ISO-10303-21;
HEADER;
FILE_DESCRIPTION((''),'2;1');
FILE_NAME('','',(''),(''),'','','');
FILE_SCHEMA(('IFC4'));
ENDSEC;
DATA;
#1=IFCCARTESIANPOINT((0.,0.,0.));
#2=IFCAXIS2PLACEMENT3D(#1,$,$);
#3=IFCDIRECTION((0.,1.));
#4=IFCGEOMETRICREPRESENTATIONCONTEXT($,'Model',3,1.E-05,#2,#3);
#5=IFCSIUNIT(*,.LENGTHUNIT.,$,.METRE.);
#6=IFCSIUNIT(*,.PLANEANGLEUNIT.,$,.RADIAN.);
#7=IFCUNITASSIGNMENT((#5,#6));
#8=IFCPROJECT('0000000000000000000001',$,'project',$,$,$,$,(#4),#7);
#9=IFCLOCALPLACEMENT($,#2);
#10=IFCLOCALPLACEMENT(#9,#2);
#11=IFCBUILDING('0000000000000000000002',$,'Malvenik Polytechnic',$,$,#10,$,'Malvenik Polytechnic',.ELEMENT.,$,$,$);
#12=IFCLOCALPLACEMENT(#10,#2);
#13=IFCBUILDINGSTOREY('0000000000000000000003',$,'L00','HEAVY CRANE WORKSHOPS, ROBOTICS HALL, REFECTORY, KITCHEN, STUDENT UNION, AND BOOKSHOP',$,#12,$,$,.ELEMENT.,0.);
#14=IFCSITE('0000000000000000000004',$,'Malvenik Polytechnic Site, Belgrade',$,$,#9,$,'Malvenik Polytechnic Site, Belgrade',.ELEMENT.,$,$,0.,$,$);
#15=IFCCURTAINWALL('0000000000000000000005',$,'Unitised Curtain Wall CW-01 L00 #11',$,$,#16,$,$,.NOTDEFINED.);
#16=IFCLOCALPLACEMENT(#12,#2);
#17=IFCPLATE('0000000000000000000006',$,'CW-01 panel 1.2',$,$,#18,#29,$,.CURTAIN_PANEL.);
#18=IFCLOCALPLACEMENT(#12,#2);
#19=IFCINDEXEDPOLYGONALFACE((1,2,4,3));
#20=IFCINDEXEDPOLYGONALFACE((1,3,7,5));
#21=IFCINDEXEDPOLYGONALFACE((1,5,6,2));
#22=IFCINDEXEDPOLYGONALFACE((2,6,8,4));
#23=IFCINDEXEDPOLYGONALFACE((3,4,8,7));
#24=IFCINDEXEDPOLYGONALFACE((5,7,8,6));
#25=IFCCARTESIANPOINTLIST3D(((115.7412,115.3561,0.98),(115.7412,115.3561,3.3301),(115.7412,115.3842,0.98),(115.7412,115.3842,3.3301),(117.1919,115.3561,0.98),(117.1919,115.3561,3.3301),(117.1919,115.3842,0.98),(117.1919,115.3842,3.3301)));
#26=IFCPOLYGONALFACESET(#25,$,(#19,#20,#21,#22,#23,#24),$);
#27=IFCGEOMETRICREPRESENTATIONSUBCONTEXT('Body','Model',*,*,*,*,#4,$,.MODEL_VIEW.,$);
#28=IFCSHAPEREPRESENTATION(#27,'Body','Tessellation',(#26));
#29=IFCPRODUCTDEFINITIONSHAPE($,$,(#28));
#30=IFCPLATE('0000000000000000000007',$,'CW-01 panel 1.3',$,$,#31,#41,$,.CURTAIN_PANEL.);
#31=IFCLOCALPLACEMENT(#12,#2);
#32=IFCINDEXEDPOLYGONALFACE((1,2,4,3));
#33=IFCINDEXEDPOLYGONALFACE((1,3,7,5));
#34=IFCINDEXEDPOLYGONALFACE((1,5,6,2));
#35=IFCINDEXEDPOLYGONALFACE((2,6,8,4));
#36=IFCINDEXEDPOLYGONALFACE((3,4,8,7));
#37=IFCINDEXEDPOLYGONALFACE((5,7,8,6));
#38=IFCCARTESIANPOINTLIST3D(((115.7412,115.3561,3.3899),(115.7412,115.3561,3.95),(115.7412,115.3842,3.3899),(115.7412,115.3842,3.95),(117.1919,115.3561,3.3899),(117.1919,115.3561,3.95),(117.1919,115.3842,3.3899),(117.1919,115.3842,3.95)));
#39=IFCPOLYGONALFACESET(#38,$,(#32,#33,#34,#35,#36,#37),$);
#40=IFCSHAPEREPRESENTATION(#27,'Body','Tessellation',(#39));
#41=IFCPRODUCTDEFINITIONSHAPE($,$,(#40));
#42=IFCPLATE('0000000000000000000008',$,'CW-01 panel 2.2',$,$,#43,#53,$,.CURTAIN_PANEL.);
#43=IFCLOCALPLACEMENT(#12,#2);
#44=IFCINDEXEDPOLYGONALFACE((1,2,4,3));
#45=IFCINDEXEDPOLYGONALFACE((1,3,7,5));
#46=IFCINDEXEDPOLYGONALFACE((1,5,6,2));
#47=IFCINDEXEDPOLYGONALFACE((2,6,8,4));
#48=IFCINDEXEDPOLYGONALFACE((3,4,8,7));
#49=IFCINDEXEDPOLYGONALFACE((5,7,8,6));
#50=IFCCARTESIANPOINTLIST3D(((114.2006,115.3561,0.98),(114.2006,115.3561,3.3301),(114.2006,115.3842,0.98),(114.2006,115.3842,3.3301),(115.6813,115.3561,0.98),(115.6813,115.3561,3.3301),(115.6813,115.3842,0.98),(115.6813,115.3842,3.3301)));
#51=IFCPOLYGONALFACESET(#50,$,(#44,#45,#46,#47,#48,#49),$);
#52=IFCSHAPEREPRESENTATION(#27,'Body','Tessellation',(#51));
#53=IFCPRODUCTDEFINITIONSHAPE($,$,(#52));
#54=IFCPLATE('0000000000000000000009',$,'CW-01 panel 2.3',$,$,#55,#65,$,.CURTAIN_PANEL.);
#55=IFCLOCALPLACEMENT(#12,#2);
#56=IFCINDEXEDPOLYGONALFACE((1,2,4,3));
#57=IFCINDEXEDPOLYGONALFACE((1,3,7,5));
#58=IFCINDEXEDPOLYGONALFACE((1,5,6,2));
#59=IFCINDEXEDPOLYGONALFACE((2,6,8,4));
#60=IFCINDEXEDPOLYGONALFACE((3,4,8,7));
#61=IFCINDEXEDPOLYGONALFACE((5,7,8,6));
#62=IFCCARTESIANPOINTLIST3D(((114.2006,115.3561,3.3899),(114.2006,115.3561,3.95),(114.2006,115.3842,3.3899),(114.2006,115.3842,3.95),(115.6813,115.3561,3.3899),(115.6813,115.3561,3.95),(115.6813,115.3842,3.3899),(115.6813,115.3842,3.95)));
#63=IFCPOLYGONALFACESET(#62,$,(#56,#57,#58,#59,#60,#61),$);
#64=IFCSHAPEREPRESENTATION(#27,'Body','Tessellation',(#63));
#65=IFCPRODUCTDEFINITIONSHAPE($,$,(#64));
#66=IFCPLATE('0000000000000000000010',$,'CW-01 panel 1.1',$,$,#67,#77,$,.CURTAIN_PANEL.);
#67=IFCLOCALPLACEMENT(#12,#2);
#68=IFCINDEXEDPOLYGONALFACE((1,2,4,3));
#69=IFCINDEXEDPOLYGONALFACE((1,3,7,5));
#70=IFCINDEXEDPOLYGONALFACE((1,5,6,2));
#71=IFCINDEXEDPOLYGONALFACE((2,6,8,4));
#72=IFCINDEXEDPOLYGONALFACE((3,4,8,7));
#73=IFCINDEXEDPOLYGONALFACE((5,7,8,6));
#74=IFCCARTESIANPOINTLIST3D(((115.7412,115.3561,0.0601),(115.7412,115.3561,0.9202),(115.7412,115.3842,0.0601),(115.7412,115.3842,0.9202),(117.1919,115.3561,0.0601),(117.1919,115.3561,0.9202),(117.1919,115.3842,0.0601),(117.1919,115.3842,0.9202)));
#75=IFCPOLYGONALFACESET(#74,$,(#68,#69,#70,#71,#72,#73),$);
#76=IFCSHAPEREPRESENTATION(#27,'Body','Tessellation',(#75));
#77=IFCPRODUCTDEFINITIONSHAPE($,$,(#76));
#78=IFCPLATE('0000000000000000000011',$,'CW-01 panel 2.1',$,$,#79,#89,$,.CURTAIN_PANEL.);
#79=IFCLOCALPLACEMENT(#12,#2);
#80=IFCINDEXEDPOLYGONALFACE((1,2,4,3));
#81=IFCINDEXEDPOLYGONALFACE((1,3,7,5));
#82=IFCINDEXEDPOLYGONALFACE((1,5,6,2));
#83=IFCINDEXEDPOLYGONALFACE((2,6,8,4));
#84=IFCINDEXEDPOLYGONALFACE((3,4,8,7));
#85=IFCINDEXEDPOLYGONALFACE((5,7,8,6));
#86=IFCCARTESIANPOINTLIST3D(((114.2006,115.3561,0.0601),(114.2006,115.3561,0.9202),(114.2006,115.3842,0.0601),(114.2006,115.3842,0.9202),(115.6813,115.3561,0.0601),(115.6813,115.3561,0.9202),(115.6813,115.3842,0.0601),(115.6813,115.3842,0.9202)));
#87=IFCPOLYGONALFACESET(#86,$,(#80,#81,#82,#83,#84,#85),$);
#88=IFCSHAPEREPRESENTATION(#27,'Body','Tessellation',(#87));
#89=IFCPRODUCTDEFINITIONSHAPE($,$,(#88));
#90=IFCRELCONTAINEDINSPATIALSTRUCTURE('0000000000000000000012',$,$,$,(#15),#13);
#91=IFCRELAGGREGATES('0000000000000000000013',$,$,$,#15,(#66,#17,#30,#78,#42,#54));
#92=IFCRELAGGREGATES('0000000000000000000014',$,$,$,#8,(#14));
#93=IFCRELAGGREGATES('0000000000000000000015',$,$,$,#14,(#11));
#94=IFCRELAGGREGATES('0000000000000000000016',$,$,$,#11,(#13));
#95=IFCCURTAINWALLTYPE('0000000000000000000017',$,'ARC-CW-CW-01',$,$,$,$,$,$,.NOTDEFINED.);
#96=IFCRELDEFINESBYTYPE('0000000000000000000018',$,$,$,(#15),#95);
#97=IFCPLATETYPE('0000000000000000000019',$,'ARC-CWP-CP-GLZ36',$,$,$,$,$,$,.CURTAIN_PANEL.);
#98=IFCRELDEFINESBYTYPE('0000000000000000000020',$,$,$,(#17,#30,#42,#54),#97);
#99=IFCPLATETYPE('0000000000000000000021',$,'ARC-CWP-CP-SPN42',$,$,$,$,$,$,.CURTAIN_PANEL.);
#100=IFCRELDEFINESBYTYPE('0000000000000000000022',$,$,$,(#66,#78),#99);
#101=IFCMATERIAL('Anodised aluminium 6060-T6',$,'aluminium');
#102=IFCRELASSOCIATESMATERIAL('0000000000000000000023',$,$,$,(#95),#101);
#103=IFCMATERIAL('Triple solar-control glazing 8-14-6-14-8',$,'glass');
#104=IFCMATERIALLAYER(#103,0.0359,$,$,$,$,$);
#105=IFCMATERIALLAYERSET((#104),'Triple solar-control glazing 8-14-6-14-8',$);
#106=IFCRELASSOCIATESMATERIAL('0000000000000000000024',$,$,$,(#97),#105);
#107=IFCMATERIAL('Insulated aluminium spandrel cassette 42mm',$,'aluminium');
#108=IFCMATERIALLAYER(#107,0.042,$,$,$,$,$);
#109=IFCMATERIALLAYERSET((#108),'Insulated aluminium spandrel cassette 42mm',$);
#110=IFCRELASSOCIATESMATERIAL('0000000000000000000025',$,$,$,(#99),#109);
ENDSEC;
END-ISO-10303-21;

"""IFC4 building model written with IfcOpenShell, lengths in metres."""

from ifc_helpers import new_model, si_unit, direction, frame, origin, origin_2d, place, context, subcontext, project, spatial, rectangle, extrude, material, layer, layer_set, type_object, element, aggregate, save


model = new_model("IFC4")

# Units and contexts
model_context = context("Model", 3, precision=1e-05, world=origin(), true_north=direction((0.0, 1.0)))
body_context = subcontext(model_context, "Body", "Model", "MODEL_VIEW")
ifc_project = project(units=[si_unit("LENGTHUNIT", "METRE"), si_unit("PLANEANGLEUNIT", "RADIAN")], contexts=[model_context])

# Site, building, storey
site_placement = place(None, origin())
site = spatial("IfcSite", under=ifc_project, at=site_placement, Name="Malvenik Polytechnic Site, Belgrade", LongName="Malvenik Polytechnic Site, Belgrade", CompositionType="ELEMENT", RefElevation=0.0)
building_placement = place(site_placement, origin())
building = spatial("IfcBuilding", under=site, at=building_placement, Name="Malvenik Polytechnic", LongName="Malvenik Polytechnic", CompositionType="ELEMENT")
storey_placement = place(building_placement, origin())
storey = spatial("IfcBuildingStorey", under=building, at=storey_placement, Name="L00", Description="HEAVY CRANE WORKSHOPS, ROBOTICS HALL, REFECTORY, KITCHEN, STUDENT UNION, AND BOOKSHOP", CompositionType="ELEMENT", Elevation=0.0)

# Curtain wall, plates
ifc_material_1 = material(Name="Anodised aluminium 6060-T6", Category="aluminium")
curtain_wall_type = type_object("IfcCurtainWallType", Name="ARC-CW-CW-01", PredefinedType="NOTDEFINED", material=ifc_material_1)
curtain_wall_placement = place(storey_placement, origin())
curtain_wall = element("IfcCurtainWall", 1, at=curtain_wall_placement, inside=storey, type_object=curtain_wall_type, Name="Unitised Curtain Wall CW-01 L00 #11", PredefinedType="NOTDEFINED")
ifc_material_2 = material(Name="Triple solar-control glazing 8-14-6-14-8", Category="glass")
ifc_layer_1 = layer(ifc_material_2, 0.0359)
ifc_layer_set_1 = layer_set([ifc_layer_1], Name="Triple solar-control glazing 8-14-6-14-8")
plate_type_1 = type_object("IfcPlateType", Name="ARC-CWP-CP-GLZ36", PredefinedType="CURTAIN_PANEL", material=ifc_layer_set_1)
plate_1_placement = place(storey_placement, frame((116.4666, 115.3701, 0.98), z_axis=(0.0, 0.0, 1.0), x_axis=(-1.0, 0.0, 0.0)))
plate_1 = element("IfcPlate", 2, at=plate_1_placement, type_object=plate_type_1, Name="CW-01 panel 1.2", PredefinedType="CURTAIN_PANEL", context=body_context, shape_type="SweptSolid", body=[
    extrude(rectangle(XDim=1.4507, YDim=0.0281, at=origin_2d()), origin(), (0.0, 0.0, 1.0), 2.3501),
])
plate_2_placement = place(storey_placement, frame((116.4666, 115.3701, 3.3899), z_axis=(0.0, 0.0, 1.0), x_axis=(-1.0, 0.0, 0.0)))
plate_2 = element("IfcPlate", 3, at=plate_2_placement, type_object=plate_type_1, Name="CW-01 panel 1.3", PredefinedType="CURTAIN_PANEL", context=body_context, shape_type="SweptSolid", body=[
    extrude(rectangle(XDim=1.4507, YDim=0.0281, at=origin_2d()), origin(), (0.0, 0.0, 1.0), 0.5601),
])
plate_3_placement = place(storey_placement, frame((114.9409, 115.3701, 0.98), z_axis=(0.0, 0.0, 1.0), x_axis=(-1.0, 0.0, 0.0)))
plate_3 = element("IfcPlate", 4, at=plate_3_placement, type_object=plate_type_1, Name="CW-01 panel 2.2", PredefinedType="CURTAIN_PANEL", context=body_context, shape_type="SweptSolid", body=[
    extrude(rectangle(XDim=1.4807, YDim=0.0281, at=origin_2d()), origin(), (0.0, 0.0, 1.0), 2.3501),
])
plate_4_placement = place(storey_placement, frame((114.9409, 115.3701, 3.3899), z_axis=(0.0, 0.0, 1.0), x_axis=(-1.0, 0.0, 0.0)))
plate_4 = element("IfcPlate", 5, at=plate_4_placement, type_object=plate_type_1, Name="CW-01 panel 2.3", PredefinedType="CURTAIN_PANEL", context=body_context, shape_type="SweptSolid", body=[
    extrude(rectangle(XDim=1.4807, YDim=0.0281, at=origin_2d()), origin(), (0.0, 0.0, 1.0), 0.5601),
])
ifc_material_3 = material(Name="Insulated aluminium spandrel cassette 42mm", Category="aluminium")
ifc_layer_2 = layer(ifc_material_3, 0.042)
ifc_layer_set_2 = layer_set([ifc_layer_2], Name="Insulated aluminium spandrel cassette 42mm")
plate_type_2 = type_object("IfcPlateType", Name="ARC-CWP-CP-SPN42", PredefinedType="CURTAIN_PANEL", material=ifc_layer_set_2)
plate_5_placement = place(storey_placement, frame((116.4666, 115.3701, 0.0601), z_axis=(0.0, 0.0, 1.0), x_axis=(-1.0, 0.0, 0.0)))
plate_5 = element("IfcPlate", 6, at=plate_5_placement, type_object=plate_type_2, Name="CW-01 panel 1.1", PredefinedType="CURTAIN_PANEL", context=body_context, shape_type="SweptSolid", body=[
    extrude(rectangle(XDim=1.4507, YDim=0.0281, at=origin_2d()), origin(), (0.0, 0.0, 1.0), 0.8601),
])
plate_6_placement = place(storey_placement, frame((114.9409, 115.3701, 0.0601), z_axis=(0.0, 0.0, 1.0), x_axis=(-1.0, 0.0, 0.0)))
plate_6 = element("IfcPlate", 7, at=plate_6_placement, type_object=plate_type_2, Name="CW-01 panel 2.1", PredefinedType="CURTAIN_PANEL", context=body_context, shape_type="SweptSolid", body=[
    extrude(rectangle(XDim=1.4807, YDim=0.0281, at=origin_2d()), origin(), (0.0, 0.0, 1.0), 0.8601),
])
aggregate(curtain_wall, [plate_5, plate_1, plate_2, plate_6, plate_3, plate_4])

save(model, "model.ifc")
